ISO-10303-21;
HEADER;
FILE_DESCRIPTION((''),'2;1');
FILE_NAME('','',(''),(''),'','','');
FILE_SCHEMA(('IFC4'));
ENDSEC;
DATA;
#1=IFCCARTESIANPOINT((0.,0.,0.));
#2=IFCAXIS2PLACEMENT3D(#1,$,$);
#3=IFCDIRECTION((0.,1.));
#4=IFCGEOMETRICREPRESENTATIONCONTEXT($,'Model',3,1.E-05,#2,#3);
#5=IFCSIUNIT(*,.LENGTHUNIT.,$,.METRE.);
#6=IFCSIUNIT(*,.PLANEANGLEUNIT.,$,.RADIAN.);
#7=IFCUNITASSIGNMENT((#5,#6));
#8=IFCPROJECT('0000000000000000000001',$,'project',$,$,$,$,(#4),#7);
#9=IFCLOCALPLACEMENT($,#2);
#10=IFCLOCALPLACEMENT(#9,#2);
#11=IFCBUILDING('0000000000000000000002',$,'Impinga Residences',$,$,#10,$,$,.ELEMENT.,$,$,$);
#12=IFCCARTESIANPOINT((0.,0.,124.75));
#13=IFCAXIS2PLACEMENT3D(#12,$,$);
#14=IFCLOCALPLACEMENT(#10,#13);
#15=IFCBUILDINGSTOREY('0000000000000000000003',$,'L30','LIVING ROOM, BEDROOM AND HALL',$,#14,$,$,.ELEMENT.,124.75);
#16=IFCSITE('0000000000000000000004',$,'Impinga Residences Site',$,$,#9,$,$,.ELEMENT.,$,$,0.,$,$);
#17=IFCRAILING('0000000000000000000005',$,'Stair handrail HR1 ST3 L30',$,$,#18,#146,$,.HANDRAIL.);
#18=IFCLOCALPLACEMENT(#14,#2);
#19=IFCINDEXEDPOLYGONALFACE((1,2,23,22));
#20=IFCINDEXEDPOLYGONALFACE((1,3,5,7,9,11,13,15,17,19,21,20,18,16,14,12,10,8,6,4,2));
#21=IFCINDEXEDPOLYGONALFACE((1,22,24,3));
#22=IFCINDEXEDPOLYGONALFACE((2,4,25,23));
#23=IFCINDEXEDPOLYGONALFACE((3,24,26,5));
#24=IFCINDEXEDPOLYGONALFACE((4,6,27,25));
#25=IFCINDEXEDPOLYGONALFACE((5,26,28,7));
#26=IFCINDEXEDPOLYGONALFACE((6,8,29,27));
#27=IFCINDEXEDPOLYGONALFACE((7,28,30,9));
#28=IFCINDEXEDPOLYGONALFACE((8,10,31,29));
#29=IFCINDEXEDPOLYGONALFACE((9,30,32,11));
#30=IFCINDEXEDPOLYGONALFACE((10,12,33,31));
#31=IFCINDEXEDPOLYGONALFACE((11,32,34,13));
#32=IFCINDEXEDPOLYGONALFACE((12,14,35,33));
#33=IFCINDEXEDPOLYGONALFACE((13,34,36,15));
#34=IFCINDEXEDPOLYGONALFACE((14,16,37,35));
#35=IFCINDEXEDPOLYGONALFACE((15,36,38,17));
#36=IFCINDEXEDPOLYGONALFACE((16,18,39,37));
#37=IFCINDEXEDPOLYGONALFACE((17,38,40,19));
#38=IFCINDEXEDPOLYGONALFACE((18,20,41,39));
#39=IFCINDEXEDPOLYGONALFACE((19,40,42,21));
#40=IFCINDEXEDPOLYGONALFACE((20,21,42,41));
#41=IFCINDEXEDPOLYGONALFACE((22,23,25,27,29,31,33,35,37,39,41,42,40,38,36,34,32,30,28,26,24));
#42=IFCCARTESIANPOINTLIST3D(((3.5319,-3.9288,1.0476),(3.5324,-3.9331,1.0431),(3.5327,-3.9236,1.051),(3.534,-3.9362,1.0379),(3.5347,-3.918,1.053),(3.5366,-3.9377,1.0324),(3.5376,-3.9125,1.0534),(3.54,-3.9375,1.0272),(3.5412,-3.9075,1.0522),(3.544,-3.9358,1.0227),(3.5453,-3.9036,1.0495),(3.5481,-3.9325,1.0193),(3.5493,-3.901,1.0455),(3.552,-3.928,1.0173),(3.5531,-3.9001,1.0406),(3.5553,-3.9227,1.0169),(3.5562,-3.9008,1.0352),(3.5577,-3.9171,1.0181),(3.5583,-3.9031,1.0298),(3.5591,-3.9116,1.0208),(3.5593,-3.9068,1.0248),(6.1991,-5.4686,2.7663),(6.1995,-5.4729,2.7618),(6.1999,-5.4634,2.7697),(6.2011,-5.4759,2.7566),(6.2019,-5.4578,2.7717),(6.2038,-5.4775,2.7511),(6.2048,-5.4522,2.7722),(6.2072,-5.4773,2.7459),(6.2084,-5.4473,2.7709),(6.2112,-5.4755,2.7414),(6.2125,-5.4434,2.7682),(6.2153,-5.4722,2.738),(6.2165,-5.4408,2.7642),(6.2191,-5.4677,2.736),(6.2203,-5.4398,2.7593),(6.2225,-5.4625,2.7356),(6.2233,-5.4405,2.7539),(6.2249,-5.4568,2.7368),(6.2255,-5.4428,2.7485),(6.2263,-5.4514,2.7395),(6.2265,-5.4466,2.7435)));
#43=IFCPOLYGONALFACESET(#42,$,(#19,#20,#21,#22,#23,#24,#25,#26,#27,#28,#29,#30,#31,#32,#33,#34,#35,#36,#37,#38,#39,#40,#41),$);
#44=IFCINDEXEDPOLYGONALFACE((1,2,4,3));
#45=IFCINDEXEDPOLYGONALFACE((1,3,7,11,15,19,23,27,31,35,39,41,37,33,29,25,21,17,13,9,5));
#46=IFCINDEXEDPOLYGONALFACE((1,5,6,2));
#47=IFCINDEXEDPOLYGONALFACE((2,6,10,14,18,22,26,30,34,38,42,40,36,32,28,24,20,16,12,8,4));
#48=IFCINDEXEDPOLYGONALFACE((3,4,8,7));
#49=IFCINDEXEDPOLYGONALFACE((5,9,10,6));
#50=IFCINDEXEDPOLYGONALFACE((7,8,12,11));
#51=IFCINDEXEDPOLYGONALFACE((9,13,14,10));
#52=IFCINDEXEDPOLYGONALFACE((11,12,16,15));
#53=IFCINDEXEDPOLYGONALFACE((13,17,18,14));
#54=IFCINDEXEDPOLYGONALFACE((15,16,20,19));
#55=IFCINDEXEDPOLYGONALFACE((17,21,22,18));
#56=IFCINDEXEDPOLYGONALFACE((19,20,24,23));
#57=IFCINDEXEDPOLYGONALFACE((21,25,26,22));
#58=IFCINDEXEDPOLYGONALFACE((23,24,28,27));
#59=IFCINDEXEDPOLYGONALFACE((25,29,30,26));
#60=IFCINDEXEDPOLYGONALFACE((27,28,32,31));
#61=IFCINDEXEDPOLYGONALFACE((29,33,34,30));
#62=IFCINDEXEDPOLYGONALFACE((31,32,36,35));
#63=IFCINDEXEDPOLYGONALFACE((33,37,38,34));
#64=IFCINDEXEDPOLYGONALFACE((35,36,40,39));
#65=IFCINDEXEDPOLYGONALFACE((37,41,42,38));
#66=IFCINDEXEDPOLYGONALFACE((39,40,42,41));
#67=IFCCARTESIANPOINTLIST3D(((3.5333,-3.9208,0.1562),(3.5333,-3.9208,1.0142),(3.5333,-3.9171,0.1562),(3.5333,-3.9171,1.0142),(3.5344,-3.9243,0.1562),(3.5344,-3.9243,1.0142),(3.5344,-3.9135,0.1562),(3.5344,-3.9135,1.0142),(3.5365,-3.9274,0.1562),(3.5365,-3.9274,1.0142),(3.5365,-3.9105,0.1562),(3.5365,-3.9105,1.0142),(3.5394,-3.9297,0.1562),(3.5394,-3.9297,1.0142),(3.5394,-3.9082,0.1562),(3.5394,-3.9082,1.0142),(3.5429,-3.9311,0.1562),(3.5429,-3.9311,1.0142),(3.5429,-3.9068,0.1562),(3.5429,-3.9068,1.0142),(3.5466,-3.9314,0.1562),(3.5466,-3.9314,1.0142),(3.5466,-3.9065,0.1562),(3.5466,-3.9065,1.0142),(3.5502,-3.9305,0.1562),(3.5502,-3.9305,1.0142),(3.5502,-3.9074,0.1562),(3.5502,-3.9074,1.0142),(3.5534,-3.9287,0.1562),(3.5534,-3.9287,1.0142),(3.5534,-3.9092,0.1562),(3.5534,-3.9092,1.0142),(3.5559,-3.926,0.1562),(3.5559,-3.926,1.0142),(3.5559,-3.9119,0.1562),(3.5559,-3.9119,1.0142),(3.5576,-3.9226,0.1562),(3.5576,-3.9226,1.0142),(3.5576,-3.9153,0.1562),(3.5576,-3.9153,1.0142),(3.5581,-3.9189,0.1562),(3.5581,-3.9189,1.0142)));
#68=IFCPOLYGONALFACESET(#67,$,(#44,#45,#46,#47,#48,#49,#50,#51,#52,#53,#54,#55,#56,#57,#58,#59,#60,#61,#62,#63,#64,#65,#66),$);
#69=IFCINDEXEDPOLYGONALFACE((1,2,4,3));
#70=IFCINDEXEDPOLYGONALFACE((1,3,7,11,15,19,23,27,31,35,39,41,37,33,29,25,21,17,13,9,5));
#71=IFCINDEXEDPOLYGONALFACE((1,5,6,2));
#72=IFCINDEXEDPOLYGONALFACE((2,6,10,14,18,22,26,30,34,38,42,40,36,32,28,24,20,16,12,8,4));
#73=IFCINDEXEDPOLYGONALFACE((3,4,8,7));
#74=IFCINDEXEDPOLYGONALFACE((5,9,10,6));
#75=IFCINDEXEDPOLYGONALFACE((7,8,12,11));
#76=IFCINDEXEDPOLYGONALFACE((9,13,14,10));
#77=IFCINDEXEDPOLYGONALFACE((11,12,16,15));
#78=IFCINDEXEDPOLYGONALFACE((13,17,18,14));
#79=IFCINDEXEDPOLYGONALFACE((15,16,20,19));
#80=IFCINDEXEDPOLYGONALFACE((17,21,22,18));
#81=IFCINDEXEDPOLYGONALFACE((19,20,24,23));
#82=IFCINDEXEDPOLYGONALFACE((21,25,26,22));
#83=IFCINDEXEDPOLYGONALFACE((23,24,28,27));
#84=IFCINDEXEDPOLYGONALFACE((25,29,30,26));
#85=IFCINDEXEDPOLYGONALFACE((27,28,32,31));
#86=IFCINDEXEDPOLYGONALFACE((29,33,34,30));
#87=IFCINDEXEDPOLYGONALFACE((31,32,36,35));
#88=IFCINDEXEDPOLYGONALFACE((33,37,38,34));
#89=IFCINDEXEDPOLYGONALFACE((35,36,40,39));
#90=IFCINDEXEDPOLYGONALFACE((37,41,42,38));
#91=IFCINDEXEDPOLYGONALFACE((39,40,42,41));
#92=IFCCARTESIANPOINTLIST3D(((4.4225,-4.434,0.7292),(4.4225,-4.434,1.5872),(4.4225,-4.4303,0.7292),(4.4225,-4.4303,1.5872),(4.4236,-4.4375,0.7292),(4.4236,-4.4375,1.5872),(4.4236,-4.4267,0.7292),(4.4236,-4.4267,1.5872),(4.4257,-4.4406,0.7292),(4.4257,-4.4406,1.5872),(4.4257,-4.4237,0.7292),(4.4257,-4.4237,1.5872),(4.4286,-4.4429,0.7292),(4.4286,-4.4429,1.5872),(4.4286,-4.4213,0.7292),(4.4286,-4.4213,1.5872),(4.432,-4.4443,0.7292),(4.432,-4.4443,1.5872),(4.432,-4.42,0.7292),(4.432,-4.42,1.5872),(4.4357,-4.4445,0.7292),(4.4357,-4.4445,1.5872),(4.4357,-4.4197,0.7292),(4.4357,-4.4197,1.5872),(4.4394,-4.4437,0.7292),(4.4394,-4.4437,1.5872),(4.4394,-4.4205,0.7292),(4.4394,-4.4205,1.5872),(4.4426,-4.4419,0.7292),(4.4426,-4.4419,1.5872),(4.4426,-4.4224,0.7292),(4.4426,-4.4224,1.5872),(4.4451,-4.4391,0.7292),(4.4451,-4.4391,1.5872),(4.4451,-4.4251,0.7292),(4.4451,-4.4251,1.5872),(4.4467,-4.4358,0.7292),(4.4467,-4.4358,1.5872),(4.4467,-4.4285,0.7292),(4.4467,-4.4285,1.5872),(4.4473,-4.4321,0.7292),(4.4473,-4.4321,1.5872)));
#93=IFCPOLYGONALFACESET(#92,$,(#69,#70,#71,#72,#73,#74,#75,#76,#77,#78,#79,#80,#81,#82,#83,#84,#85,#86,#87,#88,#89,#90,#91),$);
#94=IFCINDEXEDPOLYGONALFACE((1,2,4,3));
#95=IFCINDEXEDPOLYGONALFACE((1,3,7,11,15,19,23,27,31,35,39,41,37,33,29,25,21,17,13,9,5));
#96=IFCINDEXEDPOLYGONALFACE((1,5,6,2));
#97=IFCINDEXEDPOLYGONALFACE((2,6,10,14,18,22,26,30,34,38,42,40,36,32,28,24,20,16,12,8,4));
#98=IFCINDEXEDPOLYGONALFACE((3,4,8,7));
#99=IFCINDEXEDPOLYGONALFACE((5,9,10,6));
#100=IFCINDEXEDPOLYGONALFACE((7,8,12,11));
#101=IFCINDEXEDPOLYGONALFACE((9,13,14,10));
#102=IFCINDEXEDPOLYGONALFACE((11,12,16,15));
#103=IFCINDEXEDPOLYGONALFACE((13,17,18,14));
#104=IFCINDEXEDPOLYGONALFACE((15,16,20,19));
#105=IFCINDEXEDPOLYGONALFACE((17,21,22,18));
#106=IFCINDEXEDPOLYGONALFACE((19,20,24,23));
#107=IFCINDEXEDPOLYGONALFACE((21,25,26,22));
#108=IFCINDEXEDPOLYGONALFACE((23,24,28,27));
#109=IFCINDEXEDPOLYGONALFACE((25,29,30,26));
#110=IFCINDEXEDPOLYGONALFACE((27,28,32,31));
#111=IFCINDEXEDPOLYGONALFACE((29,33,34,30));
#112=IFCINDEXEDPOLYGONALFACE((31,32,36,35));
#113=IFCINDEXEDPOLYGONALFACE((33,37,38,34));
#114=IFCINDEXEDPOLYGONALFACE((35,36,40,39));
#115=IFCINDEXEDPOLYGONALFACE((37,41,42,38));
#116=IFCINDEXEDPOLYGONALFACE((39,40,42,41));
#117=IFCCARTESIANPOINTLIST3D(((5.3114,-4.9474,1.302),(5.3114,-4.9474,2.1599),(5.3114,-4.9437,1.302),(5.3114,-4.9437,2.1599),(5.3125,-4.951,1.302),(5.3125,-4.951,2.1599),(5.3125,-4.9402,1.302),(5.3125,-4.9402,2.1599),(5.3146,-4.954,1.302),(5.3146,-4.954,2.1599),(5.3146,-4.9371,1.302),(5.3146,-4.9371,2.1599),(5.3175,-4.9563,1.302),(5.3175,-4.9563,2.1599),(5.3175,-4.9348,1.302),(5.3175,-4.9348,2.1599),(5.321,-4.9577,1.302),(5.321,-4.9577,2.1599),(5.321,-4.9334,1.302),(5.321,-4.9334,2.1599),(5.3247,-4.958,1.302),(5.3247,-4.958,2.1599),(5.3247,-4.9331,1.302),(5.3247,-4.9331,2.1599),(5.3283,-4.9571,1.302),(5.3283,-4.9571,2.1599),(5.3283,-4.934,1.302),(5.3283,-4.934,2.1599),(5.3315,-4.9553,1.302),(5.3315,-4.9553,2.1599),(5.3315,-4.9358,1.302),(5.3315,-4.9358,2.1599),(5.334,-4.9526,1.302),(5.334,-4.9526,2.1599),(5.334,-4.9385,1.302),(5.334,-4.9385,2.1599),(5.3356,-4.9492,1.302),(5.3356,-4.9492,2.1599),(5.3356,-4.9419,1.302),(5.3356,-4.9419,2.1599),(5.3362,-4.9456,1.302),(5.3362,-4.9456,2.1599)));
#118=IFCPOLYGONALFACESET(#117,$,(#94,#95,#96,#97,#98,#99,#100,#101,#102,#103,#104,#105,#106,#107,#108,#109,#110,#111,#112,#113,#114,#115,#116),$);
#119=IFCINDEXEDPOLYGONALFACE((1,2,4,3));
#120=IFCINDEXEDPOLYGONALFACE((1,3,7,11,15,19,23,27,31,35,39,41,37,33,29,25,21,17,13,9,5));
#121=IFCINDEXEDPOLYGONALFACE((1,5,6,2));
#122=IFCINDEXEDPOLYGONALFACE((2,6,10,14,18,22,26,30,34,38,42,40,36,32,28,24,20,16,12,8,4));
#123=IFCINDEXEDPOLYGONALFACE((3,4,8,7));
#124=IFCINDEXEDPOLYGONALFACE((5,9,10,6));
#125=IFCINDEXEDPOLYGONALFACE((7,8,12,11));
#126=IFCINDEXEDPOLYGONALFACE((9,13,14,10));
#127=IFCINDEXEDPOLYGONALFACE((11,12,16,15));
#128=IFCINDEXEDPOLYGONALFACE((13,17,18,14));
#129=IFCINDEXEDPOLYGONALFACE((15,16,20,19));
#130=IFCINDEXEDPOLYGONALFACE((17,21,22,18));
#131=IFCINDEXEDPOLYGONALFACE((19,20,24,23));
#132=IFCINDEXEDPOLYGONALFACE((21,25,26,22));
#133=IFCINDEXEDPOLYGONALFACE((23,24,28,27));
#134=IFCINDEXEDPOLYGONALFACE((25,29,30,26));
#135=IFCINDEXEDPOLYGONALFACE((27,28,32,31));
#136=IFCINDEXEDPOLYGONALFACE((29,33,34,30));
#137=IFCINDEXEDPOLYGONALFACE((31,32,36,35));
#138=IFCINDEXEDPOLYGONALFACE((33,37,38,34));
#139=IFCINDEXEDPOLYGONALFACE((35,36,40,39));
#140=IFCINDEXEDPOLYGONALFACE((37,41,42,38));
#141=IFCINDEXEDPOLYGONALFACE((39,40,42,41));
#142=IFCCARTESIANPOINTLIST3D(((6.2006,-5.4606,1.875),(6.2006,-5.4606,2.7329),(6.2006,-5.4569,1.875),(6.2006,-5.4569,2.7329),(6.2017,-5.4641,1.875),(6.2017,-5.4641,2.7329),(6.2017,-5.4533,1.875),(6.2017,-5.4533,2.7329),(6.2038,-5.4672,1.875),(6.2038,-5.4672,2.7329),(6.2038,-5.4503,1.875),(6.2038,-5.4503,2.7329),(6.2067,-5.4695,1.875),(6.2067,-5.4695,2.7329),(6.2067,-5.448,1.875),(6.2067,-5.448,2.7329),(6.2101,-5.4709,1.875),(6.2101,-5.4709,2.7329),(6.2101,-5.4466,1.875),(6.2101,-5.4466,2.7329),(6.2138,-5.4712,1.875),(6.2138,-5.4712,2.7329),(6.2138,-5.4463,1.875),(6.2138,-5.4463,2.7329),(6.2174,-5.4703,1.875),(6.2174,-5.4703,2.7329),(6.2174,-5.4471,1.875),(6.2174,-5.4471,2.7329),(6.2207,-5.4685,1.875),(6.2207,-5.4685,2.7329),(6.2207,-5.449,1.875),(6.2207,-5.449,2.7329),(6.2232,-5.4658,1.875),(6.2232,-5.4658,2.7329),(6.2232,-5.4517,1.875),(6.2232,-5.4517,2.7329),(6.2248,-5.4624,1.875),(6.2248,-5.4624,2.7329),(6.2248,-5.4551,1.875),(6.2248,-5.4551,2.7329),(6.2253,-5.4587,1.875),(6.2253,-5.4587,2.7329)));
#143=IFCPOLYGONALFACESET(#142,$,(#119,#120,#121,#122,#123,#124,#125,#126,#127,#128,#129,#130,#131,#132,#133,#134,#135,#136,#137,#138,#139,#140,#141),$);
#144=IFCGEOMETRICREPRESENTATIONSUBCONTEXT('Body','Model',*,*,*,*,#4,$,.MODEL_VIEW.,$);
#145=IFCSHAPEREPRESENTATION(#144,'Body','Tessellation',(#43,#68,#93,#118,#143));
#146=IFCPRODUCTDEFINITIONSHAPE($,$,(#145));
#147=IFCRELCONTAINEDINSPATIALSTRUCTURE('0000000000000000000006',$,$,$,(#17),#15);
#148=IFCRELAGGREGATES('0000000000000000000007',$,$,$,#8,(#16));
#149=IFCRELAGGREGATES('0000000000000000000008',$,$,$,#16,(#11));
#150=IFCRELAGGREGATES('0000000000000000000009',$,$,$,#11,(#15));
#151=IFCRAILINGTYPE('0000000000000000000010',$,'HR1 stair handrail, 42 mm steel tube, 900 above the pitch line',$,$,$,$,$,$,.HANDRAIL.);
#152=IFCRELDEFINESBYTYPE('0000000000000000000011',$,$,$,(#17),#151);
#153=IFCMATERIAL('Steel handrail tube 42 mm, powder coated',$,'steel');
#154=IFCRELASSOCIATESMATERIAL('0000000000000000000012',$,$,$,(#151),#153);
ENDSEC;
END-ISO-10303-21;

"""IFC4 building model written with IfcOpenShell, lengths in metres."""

from ifc_helpers import new_model, si_unit, direction, frame, origin, origin_2d, place, context, subcontext, project, spatial, circle, extrude, material, type_object, element, save


model = new_model("IFC4")

# Units and contexts
model_context = context("Model", 3, precision=1e-05, world=origin(), true_north=direction((0.0, 1.0)))
body_context = subcontext(model_context, "Body", "Model", "MODEL_VIEW")
ifc_project = project(units=[si_unit("LENGTHUNIT", "METRE"), si_unit("PLANEANGLEUNIT", "RADIAN")], contexts=[model_context])

# Site, building, storey
site_placement = place(None, origin())
site = spatial("IfcSite", under=ifc_project, at=site_placement, Name="Impinga Residences Site", CompositionType="ELEMENT", RefElevation=0.0)
building_placement = place(site_placement, origin())
building = spatial("IfcBuilding", under=site, at=building_placement, Name="Impinga Residences", CompositionType="ELEMENT")
storey_placement = place(building_placement, frame((0.0, 0.0, 124.75)))
storey = spatial("IfcBuildingStorey", under=building, at=storey_placement, Name="L30", Description="LIVING ROOM, BEDROOM AND HALL", CompositionType="ELEMENT", Elevation=124.75)

# Railing
ifc_material_1 = material(Name="Steel handrail tube 42 mm, powder coated", Category="steel")
railing_type_1 = type_object("IfcRailingType", Name="HR1 stair handrail, 42 mm steel tube, 900 above the pitch line", PredefinedType="HANDRAIL", material=ifc_material_1)
railing_1_placement = place(storey_placement, frame((3.5457, -3.9189, 0.1562)))
element("IfcRailing", 1, at=railing_1_placement, inside=storey, type_object=railing_type_1, Name="Stair handrail HR1 ST3 L30", PredefinedType="HANDRAIL", context=body_context, shape_type="SweptSolid", body=[
    extrude(circle(Radius=0.021, at=origin_2d()), frame((0.0, 0.0, 0.8789), z_axis=(0.756249, -0.436582, 0.487322), x_axis=(0.499967, 0.866044, 0.0)), (0.0, 0.0, 1.0), 3.5269),
    extrude(circle(Radius=0.0125, at=origin_2d()), origin(), (0.0, 0.0, 1.0), 0.8579),
    extrude(circle(Radius=0.0125, at=origin_2d()), frame((0.8892, -0.5132, 0.573)), (0.0, 0.0, 1.0), 0.8579),
    extrude(circle(Radius=0.0125, at=origin_2d()), frame((1.7781, -1.0266, 1.1458)), (0.0, 0.0, 1.0), 0.8579),
    extrude(circle(Radius=0.0125, at=origin_2d()), frame((2.6672, -1.5398, 1.7188)), (0.0, 0.0, 1.0), 0.8579),
])

save(model, "model.ifc")
